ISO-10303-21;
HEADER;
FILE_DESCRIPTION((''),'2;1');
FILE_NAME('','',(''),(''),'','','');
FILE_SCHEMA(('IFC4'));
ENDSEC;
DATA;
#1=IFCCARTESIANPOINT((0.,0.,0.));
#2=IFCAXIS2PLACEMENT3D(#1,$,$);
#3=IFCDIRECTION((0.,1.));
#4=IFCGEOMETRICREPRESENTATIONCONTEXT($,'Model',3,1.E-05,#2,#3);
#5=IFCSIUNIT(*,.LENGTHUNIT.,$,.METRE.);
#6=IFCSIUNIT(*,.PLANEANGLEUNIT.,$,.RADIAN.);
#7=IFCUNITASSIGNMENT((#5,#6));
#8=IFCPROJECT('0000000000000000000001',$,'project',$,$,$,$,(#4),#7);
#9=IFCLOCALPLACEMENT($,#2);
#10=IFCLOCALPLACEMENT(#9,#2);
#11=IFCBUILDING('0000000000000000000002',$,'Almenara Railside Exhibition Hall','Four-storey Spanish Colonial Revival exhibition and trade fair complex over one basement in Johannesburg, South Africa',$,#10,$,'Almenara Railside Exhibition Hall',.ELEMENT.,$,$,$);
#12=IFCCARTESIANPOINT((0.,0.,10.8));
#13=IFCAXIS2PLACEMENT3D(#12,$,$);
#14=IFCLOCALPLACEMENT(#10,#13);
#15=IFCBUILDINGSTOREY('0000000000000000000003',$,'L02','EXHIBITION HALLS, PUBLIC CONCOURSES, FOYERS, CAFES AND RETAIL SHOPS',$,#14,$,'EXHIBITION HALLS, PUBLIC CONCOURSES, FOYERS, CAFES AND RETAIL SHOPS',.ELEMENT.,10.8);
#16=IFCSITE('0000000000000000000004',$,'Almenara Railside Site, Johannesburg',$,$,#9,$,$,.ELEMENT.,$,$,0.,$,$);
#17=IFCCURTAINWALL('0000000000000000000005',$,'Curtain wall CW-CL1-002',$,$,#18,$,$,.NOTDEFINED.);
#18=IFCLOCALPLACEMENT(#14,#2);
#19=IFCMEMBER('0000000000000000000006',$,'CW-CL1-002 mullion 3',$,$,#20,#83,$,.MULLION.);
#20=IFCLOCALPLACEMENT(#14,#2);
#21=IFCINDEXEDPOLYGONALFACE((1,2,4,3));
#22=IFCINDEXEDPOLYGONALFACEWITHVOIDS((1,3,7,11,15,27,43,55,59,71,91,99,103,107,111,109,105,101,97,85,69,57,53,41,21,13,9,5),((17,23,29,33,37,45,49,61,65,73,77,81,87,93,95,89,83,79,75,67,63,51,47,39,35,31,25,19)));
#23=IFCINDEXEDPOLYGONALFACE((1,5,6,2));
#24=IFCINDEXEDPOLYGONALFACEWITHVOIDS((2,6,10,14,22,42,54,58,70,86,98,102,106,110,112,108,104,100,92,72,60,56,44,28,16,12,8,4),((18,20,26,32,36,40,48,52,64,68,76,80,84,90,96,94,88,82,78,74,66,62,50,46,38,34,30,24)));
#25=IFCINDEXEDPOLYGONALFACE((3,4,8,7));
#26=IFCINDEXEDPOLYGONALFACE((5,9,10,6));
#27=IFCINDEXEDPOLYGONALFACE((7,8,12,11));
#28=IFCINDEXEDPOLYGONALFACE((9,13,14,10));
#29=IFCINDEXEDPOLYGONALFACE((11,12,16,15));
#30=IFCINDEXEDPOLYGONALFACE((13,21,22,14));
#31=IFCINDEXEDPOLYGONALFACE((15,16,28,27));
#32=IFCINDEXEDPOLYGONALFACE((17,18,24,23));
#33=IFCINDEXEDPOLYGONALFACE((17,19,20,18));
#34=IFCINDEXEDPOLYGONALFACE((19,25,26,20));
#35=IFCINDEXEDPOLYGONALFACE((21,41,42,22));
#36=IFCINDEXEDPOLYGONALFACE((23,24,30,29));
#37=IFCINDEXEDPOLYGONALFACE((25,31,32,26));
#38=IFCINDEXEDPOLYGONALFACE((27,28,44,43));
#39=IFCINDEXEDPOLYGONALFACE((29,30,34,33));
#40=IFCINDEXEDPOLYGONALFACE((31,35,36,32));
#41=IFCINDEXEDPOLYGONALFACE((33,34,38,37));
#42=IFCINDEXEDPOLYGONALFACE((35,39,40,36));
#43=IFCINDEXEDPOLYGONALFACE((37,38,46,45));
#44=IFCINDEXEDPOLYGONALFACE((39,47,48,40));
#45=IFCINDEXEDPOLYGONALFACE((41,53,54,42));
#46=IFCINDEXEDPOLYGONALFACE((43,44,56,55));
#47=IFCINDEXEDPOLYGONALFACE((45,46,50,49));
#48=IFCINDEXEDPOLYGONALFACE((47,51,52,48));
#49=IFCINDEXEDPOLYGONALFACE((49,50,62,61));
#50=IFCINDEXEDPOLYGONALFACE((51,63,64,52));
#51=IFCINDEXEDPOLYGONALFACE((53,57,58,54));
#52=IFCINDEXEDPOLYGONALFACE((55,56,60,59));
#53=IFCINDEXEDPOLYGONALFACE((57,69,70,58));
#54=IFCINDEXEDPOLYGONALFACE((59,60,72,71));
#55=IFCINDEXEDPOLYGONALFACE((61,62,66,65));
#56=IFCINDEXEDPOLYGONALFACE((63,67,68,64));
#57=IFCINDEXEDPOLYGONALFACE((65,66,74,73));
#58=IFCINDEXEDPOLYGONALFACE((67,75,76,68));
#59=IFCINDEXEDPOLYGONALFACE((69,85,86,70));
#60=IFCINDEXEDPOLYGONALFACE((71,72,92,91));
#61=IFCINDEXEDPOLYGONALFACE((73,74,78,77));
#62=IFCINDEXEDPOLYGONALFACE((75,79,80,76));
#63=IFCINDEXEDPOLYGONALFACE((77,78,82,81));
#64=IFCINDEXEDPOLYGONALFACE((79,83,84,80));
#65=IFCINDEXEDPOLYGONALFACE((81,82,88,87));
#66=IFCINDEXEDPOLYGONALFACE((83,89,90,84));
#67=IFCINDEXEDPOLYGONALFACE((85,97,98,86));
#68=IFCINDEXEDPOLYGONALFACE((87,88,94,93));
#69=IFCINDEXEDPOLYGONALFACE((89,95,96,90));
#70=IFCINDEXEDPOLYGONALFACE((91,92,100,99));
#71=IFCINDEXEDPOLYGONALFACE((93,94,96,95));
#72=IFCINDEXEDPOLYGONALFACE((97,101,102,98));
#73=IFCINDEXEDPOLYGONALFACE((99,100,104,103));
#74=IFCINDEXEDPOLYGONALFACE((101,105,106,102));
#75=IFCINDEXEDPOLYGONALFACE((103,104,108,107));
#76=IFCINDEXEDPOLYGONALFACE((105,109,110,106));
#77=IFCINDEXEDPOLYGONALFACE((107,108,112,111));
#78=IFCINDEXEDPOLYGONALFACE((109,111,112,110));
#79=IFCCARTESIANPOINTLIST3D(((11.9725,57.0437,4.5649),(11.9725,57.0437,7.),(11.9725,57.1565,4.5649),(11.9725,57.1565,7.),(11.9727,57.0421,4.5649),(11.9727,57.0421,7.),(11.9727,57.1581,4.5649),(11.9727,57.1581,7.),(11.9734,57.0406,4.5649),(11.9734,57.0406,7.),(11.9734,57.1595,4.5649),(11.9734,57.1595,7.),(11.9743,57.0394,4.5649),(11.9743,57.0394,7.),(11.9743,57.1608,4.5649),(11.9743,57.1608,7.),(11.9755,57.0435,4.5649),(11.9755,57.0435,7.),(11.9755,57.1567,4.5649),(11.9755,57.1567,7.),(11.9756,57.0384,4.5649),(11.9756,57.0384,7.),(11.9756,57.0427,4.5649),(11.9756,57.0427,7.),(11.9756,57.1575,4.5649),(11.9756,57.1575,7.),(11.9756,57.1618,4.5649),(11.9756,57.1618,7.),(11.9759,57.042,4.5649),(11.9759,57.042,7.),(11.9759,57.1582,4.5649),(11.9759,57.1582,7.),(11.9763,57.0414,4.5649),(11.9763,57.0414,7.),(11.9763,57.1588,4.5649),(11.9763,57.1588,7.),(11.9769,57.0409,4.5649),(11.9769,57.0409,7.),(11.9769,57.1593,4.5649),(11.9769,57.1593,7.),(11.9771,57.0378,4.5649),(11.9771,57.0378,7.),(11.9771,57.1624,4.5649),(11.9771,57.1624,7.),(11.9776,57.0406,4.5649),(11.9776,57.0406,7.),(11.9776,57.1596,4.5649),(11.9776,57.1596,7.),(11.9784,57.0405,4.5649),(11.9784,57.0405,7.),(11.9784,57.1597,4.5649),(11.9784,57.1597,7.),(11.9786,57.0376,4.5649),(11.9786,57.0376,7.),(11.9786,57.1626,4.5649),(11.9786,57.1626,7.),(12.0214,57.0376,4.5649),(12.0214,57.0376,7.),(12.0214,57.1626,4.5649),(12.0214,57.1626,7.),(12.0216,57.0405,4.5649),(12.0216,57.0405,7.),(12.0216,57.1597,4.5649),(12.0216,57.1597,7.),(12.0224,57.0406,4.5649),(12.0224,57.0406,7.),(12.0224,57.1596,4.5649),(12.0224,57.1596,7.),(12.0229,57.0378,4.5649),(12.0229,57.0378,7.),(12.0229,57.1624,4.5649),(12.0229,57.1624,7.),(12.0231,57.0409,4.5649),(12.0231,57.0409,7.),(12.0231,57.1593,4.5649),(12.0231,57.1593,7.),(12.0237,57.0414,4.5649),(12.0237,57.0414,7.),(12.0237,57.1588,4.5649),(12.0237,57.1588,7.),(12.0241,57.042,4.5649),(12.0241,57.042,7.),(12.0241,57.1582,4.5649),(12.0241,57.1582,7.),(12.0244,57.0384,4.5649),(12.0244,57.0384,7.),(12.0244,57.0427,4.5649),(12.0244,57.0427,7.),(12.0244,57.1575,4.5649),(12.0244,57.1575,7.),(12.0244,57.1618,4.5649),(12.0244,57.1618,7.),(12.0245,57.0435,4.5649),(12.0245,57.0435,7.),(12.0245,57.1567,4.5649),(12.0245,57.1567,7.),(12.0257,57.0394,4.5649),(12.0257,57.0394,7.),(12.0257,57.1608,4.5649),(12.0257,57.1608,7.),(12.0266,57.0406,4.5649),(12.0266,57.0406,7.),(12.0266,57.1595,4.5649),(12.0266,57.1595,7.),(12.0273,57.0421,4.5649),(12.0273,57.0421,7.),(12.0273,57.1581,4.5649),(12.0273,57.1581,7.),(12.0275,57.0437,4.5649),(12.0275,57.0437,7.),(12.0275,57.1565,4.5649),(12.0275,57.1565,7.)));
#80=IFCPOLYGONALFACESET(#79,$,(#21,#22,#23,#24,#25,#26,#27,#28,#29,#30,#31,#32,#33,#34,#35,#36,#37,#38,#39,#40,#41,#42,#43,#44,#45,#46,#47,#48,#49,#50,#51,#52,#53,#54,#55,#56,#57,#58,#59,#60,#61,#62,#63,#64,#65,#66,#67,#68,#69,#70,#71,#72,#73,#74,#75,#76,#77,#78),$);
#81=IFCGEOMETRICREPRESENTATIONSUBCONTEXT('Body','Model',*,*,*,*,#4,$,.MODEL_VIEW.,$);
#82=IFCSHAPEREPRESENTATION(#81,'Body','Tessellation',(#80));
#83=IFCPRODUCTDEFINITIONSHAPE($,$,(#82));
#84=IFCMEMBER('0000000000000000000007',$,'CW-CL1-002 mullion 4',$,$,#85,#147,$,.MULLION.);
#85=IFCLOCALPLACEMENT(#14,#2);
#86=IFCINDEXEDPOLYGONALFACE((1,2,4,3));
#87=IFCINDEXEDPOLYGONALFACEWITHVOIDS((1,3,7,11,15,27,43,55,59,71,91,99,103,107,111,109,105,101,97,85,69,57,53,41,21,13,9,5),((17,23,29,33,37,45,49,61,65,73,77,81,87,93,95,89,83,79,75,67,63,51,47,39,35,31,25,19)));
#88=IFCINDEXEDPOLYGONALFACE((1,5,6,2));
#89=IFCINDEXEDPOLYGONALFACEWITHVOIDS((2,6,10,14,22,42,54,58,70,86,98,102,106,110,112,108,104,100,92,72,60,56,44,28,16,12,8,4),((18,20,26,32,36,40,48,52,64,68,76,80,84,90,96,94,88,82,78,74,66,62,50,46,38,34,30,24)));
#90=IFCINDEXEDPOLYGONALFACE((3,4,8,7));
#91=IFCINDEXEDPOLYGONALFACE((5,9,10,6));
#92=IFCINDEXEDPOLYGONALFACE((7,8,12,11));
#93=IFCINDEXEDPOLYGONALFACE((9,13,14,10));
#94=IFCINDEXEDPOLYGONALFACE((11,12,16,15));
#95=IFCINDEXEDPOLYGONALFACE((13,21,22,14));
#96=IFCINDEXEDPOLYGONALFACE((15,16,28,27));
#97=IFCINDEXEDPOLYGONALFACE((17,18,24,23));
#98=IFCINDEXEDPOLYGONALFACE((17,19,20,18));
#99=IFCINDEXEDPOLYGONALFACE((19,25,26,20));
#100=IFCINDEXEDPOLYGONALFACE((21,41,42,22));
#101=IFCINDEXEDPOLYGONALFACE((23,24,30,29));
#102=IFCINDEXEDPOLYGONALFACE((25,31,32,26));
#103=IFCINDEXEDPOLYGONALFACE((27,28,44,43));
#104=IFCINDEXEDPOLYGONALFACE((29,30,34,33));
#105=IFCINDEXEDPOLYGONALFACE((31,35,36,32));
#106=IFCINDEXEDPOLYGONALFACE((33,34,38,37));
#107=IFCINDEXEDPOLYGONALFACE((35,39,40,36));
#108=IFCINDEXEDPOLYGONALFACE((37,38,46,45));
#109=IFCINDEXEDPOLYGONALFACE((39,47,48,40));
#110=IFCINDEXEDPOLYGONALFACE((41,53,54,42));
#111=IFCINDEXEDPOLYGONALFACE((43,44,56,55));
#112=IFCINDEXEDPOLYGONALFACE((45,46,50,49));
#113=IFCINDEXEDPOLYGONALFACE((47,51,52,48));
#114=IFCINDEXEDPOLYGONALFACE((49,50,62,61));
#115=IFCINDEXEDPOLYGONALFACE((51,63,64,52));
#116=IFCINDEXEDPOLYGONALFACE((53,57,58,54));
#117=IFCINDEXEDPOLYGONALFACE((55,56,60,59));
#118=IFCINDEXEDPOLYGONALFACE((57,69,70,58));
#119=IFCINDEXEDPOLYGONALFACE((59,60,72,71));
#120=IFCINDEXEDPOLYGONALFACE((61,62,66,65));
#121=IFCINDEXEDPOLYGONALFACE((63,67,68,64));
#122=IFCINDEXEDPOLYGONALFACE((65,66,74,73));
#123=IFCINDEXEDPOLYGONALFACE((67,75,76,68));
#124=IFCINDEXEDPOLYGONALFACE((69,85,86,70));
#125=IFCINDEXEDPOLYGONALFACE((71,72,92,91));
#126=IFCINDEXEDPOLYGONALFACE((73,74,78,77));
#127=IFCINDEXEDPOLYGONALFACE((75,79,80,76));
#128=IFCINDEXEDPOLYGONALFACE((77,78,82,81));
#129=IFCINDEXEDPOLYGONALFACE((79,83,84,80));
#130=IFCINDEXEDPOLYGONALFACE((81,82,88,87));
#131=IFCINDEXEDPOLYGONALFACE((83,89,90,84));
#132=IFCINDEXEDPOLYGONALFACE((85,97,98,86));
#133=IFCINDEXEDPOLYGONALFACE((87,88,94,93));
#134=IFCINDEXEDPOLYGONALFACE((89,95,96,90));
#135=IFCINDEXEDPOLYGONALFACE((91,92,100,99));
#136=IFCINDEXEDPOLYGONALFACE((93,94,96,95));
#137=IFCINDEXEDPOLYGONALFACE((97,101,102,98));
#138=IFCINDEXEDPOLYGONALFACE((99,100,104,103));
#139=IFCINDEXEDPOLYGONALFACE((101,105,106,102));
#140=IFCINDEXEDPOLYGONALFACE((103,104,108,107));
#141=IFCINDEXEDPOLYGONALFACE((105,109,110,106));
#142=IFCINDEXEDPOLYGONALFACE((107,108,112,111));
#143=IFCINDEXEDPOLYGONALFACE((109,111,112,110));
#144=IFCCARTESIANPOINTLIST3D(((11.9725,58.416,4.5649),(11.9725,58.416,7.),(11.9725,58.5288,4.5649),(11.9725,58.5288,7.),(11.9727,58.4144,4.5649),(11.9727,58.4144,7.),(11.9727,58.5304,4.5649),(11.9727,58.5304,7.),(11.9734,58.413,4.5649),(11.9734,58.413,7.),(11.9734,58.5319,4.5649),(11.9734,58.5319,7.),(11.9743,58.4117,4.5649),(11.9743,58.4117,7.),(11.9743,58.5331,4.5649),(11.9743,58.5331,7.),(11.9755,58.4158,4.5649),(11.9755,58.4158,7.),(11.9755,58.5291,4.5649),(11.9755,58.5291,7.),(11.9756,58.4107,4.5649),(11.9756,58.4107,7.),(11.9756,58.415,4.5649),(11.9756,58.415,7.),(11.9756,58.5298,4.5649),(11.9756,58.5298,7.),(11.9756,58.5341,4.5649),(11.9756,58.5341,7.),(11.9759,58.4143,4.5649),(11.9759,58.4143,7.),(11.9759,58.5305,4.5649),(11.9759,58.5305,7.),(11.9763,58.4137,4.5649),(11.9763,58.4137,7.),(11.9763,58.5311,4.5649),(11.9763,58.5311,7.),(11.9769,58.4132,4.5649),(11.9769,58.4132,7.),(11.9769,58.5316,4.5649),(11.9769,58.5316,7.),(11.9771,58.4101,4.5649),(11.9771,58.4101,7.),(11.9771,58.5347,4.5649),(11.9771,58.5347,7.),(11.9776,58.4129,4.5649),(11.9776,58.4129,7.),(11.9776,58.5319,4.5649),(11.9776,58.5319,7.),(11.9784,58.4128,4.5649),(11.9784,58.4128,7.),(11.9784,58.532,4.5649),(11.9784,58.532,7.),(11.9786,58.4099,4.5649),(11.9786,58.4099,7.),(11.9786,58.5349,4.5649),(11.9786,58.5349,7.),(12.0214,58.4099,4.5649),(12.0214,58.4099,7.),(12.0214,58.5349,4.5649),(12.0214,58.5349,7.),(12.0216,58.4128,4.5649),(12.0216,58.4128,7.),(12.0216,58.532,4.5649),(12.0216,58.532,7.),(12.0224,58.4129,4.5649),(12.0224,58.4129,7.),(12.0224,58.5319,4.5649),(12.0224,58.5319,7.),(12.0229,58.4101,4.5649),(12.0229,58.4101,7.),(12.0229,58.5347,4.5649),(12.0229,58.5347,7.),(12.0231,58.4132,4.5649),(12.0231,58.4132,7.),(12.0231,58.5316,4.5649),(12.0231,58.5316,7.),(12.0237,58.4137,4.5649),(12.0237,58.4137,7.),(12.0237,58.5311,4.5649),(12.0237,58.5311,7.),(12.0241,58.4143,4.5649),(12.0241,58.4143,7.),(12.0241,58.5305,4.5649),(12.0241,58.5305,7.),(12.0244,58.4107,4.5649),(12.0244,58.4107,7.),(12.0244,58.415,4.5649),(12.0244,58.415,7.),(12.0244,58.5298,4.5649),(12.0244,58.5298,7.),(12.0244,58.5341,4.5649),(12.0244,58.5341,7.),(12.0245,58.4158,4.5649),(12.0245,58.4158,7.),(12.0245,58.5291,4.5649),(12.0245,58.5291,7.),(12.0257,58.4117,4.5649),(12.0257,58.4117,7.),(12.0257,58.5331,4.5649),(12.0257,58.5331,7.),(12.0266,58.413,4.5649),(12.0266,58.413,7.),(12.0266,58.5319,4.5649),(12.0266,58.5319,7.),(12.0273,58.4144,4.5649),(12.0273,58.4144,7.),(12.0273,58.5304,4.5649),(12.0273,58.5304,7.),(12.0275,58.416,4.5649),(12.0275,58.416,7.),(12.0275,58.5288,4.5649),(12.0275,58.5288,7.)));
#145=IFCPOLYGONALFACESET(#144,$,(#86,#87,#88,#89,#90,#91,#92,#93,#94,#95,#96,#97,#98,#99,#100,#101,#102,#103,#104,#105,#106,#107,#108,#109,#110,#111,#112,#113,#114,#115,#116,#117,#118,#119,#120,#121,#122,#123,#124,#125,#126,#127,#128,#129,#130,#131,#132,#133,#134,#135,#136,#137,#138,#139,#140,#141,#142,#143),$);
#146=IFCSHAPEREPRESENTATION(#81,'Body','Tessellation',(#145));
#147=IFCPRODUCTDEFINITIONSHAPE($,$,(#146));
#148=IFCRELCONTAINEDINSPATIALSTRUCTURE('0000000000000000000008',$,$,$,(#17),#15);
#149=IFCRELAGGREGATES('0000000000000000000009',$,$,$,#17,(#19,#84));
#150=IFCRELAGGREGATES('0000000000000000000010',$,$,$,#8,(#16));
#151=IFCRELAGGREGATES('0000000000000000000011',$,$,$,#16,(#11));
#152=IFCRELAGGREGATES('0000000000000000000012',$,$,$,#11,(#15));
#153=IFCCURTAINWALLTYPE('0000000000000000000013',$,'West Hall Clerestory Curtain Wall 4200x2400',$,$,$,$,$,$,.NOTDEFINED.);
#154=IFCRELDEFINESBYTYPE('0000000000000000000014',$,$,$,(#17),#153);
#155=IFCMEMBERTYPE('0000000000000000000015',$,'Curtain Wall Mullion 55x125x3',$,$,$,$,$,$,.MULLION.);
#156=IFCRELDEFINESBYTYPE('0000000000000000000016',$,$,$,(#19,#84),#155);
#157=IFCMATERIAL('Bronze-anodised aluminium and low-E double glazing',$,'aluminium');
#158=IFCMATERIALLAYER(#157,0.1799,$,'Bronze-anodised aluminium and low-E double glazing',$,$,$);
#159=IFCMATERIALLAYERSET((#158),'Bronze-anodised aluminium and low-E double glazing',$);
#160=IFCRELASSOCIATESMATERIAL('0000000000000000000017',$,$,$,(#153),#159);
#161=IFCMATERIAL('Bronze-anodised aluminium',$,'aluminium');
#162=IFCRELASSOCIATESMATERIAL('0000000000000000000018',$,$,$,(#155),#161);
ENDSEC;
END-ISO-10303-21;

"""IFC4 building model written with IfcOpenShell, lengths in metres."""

from ifc_helpers import new_model, si_unit, direction, frame, origin, origin_2d, place, context, subcontext, project, spatial, hollow_rectangle, extrude, material, layer, layer_set, material_profile, profile_set, type_object, element, aggregate, save


model = new_model("IFC4")

# Units and contexts
model_context = context("Model", 3, precision=1e-05, world=origin(), true_north=direction((0.0, 1.0)))
body_context = subcontext(model_context, "Body", "Model", "MODEL_VIEW")
ifc_project = project(units=[si_unit("LENGTHUNIT", "METRE"), si_unit("PLANEANGLEUNIT", "RADIAN")], contexts=[model_context])

# Site, building, storey
site_placement = place(None, origin())
site = spatial("IfcSite", under=ifc_project, at=site_placement, Name="Almenara Railside Site, Johannesburg", CompositionType="ELEMENT", RefElevation=0.0)
building_placement = place(site_placement, origin())
building = spatial("IfcBuilding", under=site, at=building_placement, Name="Almenara Railside Exhibition Hall", Description="Four-storey Spanish Colonial Revival exhibition and trade fair complex over one basement in Johannesburg, South Africa", LongName="Almenara Railside Exhibition Hall", CompositionType="ELEMENT")
storey_placement = place(building_placement, frame((0.0, 0.0, 10.8)))
storey = spatial("IfcBuildingStorey", under=building, at=storey_placement, Name="L02", Description="EXHIBITION HALLS, PUBLIC CONCOURSES, FOYERS, CAFES AND RETAIL SHOPS", LongName="EXHIBITION HALLS, PUBLIC CONCOURSES, FOYERS, CAFES AND RETAIL SHOPS", CompositionType="ELEMENT", Elevation=10.8)

# Curtain wall, members
ifc_material_1 = material(Name="Bronze-anodised aluminium and low-E double glazing", Category="aluminium")
ifc_layer_1 = layer(ifc_material_1, 0.1799, Name="Bronze-anodised aluminium and low-E double glazing")
ifc_layer_set_1 = layer_set([ifc_layer_1], Name="Bronze-anodised aluminium and low-E double glazing")
curtain_wall_type = type_object("IfcCurtainWallType", Name="West Hall Clerestory Curtain Wall 4200x2400", PredefinedType="NOTDEFINED", material=ifc_layer_set_1)
curtain_wall_1_placement = place(storey_placement, origin())
curtain_wall_1 = element("IfcCurtainWall", 1, at=curtain_wall_1_placement, inside=storey, type_object=curtain_wall_type, Name="Curtain wall CW-CL1-002", PredefinedType="NOTDEFINED")
ifc_material_2 = material(Name="Bronze-anodised aluminium", Category="aluminium")
ifc_material_profile_1 = material_profile(ifc_material_2, hollow_rectangle(XDim=0.0549, YDim=0.125, WallThickness=0.0029, InnerFilletRadius=0.0029, OuterFilletRadius=0.0061, at=origin_2d()), Name="ALU-MUL 55x125x3")
ifc_profile_set_1 = profile_set([ifc_material_profile_1], Name="Bronze-anodised aluminium")
member_type_1 = type_object("IfcMemberType", Name="Curtain Wall Mullion 55x125x3", PredefinedType="MULLION", material=ifc_profile_set_1)
member_1_placement = place(storey_placement, frame((12.0, 57.1001, 4.5649), z_axis=(0.0, 0.0, 1.0), x_axis=(-1.0, 0.0, 0.0)))
member_1 = element("IfcMember", 2, at=member_1_placement, type_object=member_type_1, Name="CW-CL1-002 mullion 3", PredefinedType="MULLION", context=body_context, shape_type="SweptSolid", body=[
    extrude(hollow_rectangle(XDim=0.0549, YDim=0.125, WallThickness=0.0029, InnerFilletRadius=0.0029, OuterFilletRadius=0.0061, at=origin_2d()), origin(), (0.0, 0.0, 1.0), 2.4351),
])
member_2_placement = place(storey_placement, frame((12.0, 58.4724, 4.5649), z_axis=(0.0, 0.0, 1.0), x_axis=(-1.0, 0.0, 0.0)))
member_2 = element("IfcMember", 3, at=member_2_placement, type_object=member_type_1, Name="CW-CL1-002 mullion 4", PredefinedType="MULLION", context=body_context, shape_type="SweptSolid", body=[
    extrude(hollow_rectangle(XDim=0.0549, YDim=0.125, WallThickness=0.0029, InnerFilletRadius=0.0029, OuterFilletRadius=0.0061, at=origin_2d()), origin(), (0.0, 0.0, 1.0), 2.4351),
])

aggregate(curtain_wall_1, [member_1, member_2])

save(model, "model.ifc")
